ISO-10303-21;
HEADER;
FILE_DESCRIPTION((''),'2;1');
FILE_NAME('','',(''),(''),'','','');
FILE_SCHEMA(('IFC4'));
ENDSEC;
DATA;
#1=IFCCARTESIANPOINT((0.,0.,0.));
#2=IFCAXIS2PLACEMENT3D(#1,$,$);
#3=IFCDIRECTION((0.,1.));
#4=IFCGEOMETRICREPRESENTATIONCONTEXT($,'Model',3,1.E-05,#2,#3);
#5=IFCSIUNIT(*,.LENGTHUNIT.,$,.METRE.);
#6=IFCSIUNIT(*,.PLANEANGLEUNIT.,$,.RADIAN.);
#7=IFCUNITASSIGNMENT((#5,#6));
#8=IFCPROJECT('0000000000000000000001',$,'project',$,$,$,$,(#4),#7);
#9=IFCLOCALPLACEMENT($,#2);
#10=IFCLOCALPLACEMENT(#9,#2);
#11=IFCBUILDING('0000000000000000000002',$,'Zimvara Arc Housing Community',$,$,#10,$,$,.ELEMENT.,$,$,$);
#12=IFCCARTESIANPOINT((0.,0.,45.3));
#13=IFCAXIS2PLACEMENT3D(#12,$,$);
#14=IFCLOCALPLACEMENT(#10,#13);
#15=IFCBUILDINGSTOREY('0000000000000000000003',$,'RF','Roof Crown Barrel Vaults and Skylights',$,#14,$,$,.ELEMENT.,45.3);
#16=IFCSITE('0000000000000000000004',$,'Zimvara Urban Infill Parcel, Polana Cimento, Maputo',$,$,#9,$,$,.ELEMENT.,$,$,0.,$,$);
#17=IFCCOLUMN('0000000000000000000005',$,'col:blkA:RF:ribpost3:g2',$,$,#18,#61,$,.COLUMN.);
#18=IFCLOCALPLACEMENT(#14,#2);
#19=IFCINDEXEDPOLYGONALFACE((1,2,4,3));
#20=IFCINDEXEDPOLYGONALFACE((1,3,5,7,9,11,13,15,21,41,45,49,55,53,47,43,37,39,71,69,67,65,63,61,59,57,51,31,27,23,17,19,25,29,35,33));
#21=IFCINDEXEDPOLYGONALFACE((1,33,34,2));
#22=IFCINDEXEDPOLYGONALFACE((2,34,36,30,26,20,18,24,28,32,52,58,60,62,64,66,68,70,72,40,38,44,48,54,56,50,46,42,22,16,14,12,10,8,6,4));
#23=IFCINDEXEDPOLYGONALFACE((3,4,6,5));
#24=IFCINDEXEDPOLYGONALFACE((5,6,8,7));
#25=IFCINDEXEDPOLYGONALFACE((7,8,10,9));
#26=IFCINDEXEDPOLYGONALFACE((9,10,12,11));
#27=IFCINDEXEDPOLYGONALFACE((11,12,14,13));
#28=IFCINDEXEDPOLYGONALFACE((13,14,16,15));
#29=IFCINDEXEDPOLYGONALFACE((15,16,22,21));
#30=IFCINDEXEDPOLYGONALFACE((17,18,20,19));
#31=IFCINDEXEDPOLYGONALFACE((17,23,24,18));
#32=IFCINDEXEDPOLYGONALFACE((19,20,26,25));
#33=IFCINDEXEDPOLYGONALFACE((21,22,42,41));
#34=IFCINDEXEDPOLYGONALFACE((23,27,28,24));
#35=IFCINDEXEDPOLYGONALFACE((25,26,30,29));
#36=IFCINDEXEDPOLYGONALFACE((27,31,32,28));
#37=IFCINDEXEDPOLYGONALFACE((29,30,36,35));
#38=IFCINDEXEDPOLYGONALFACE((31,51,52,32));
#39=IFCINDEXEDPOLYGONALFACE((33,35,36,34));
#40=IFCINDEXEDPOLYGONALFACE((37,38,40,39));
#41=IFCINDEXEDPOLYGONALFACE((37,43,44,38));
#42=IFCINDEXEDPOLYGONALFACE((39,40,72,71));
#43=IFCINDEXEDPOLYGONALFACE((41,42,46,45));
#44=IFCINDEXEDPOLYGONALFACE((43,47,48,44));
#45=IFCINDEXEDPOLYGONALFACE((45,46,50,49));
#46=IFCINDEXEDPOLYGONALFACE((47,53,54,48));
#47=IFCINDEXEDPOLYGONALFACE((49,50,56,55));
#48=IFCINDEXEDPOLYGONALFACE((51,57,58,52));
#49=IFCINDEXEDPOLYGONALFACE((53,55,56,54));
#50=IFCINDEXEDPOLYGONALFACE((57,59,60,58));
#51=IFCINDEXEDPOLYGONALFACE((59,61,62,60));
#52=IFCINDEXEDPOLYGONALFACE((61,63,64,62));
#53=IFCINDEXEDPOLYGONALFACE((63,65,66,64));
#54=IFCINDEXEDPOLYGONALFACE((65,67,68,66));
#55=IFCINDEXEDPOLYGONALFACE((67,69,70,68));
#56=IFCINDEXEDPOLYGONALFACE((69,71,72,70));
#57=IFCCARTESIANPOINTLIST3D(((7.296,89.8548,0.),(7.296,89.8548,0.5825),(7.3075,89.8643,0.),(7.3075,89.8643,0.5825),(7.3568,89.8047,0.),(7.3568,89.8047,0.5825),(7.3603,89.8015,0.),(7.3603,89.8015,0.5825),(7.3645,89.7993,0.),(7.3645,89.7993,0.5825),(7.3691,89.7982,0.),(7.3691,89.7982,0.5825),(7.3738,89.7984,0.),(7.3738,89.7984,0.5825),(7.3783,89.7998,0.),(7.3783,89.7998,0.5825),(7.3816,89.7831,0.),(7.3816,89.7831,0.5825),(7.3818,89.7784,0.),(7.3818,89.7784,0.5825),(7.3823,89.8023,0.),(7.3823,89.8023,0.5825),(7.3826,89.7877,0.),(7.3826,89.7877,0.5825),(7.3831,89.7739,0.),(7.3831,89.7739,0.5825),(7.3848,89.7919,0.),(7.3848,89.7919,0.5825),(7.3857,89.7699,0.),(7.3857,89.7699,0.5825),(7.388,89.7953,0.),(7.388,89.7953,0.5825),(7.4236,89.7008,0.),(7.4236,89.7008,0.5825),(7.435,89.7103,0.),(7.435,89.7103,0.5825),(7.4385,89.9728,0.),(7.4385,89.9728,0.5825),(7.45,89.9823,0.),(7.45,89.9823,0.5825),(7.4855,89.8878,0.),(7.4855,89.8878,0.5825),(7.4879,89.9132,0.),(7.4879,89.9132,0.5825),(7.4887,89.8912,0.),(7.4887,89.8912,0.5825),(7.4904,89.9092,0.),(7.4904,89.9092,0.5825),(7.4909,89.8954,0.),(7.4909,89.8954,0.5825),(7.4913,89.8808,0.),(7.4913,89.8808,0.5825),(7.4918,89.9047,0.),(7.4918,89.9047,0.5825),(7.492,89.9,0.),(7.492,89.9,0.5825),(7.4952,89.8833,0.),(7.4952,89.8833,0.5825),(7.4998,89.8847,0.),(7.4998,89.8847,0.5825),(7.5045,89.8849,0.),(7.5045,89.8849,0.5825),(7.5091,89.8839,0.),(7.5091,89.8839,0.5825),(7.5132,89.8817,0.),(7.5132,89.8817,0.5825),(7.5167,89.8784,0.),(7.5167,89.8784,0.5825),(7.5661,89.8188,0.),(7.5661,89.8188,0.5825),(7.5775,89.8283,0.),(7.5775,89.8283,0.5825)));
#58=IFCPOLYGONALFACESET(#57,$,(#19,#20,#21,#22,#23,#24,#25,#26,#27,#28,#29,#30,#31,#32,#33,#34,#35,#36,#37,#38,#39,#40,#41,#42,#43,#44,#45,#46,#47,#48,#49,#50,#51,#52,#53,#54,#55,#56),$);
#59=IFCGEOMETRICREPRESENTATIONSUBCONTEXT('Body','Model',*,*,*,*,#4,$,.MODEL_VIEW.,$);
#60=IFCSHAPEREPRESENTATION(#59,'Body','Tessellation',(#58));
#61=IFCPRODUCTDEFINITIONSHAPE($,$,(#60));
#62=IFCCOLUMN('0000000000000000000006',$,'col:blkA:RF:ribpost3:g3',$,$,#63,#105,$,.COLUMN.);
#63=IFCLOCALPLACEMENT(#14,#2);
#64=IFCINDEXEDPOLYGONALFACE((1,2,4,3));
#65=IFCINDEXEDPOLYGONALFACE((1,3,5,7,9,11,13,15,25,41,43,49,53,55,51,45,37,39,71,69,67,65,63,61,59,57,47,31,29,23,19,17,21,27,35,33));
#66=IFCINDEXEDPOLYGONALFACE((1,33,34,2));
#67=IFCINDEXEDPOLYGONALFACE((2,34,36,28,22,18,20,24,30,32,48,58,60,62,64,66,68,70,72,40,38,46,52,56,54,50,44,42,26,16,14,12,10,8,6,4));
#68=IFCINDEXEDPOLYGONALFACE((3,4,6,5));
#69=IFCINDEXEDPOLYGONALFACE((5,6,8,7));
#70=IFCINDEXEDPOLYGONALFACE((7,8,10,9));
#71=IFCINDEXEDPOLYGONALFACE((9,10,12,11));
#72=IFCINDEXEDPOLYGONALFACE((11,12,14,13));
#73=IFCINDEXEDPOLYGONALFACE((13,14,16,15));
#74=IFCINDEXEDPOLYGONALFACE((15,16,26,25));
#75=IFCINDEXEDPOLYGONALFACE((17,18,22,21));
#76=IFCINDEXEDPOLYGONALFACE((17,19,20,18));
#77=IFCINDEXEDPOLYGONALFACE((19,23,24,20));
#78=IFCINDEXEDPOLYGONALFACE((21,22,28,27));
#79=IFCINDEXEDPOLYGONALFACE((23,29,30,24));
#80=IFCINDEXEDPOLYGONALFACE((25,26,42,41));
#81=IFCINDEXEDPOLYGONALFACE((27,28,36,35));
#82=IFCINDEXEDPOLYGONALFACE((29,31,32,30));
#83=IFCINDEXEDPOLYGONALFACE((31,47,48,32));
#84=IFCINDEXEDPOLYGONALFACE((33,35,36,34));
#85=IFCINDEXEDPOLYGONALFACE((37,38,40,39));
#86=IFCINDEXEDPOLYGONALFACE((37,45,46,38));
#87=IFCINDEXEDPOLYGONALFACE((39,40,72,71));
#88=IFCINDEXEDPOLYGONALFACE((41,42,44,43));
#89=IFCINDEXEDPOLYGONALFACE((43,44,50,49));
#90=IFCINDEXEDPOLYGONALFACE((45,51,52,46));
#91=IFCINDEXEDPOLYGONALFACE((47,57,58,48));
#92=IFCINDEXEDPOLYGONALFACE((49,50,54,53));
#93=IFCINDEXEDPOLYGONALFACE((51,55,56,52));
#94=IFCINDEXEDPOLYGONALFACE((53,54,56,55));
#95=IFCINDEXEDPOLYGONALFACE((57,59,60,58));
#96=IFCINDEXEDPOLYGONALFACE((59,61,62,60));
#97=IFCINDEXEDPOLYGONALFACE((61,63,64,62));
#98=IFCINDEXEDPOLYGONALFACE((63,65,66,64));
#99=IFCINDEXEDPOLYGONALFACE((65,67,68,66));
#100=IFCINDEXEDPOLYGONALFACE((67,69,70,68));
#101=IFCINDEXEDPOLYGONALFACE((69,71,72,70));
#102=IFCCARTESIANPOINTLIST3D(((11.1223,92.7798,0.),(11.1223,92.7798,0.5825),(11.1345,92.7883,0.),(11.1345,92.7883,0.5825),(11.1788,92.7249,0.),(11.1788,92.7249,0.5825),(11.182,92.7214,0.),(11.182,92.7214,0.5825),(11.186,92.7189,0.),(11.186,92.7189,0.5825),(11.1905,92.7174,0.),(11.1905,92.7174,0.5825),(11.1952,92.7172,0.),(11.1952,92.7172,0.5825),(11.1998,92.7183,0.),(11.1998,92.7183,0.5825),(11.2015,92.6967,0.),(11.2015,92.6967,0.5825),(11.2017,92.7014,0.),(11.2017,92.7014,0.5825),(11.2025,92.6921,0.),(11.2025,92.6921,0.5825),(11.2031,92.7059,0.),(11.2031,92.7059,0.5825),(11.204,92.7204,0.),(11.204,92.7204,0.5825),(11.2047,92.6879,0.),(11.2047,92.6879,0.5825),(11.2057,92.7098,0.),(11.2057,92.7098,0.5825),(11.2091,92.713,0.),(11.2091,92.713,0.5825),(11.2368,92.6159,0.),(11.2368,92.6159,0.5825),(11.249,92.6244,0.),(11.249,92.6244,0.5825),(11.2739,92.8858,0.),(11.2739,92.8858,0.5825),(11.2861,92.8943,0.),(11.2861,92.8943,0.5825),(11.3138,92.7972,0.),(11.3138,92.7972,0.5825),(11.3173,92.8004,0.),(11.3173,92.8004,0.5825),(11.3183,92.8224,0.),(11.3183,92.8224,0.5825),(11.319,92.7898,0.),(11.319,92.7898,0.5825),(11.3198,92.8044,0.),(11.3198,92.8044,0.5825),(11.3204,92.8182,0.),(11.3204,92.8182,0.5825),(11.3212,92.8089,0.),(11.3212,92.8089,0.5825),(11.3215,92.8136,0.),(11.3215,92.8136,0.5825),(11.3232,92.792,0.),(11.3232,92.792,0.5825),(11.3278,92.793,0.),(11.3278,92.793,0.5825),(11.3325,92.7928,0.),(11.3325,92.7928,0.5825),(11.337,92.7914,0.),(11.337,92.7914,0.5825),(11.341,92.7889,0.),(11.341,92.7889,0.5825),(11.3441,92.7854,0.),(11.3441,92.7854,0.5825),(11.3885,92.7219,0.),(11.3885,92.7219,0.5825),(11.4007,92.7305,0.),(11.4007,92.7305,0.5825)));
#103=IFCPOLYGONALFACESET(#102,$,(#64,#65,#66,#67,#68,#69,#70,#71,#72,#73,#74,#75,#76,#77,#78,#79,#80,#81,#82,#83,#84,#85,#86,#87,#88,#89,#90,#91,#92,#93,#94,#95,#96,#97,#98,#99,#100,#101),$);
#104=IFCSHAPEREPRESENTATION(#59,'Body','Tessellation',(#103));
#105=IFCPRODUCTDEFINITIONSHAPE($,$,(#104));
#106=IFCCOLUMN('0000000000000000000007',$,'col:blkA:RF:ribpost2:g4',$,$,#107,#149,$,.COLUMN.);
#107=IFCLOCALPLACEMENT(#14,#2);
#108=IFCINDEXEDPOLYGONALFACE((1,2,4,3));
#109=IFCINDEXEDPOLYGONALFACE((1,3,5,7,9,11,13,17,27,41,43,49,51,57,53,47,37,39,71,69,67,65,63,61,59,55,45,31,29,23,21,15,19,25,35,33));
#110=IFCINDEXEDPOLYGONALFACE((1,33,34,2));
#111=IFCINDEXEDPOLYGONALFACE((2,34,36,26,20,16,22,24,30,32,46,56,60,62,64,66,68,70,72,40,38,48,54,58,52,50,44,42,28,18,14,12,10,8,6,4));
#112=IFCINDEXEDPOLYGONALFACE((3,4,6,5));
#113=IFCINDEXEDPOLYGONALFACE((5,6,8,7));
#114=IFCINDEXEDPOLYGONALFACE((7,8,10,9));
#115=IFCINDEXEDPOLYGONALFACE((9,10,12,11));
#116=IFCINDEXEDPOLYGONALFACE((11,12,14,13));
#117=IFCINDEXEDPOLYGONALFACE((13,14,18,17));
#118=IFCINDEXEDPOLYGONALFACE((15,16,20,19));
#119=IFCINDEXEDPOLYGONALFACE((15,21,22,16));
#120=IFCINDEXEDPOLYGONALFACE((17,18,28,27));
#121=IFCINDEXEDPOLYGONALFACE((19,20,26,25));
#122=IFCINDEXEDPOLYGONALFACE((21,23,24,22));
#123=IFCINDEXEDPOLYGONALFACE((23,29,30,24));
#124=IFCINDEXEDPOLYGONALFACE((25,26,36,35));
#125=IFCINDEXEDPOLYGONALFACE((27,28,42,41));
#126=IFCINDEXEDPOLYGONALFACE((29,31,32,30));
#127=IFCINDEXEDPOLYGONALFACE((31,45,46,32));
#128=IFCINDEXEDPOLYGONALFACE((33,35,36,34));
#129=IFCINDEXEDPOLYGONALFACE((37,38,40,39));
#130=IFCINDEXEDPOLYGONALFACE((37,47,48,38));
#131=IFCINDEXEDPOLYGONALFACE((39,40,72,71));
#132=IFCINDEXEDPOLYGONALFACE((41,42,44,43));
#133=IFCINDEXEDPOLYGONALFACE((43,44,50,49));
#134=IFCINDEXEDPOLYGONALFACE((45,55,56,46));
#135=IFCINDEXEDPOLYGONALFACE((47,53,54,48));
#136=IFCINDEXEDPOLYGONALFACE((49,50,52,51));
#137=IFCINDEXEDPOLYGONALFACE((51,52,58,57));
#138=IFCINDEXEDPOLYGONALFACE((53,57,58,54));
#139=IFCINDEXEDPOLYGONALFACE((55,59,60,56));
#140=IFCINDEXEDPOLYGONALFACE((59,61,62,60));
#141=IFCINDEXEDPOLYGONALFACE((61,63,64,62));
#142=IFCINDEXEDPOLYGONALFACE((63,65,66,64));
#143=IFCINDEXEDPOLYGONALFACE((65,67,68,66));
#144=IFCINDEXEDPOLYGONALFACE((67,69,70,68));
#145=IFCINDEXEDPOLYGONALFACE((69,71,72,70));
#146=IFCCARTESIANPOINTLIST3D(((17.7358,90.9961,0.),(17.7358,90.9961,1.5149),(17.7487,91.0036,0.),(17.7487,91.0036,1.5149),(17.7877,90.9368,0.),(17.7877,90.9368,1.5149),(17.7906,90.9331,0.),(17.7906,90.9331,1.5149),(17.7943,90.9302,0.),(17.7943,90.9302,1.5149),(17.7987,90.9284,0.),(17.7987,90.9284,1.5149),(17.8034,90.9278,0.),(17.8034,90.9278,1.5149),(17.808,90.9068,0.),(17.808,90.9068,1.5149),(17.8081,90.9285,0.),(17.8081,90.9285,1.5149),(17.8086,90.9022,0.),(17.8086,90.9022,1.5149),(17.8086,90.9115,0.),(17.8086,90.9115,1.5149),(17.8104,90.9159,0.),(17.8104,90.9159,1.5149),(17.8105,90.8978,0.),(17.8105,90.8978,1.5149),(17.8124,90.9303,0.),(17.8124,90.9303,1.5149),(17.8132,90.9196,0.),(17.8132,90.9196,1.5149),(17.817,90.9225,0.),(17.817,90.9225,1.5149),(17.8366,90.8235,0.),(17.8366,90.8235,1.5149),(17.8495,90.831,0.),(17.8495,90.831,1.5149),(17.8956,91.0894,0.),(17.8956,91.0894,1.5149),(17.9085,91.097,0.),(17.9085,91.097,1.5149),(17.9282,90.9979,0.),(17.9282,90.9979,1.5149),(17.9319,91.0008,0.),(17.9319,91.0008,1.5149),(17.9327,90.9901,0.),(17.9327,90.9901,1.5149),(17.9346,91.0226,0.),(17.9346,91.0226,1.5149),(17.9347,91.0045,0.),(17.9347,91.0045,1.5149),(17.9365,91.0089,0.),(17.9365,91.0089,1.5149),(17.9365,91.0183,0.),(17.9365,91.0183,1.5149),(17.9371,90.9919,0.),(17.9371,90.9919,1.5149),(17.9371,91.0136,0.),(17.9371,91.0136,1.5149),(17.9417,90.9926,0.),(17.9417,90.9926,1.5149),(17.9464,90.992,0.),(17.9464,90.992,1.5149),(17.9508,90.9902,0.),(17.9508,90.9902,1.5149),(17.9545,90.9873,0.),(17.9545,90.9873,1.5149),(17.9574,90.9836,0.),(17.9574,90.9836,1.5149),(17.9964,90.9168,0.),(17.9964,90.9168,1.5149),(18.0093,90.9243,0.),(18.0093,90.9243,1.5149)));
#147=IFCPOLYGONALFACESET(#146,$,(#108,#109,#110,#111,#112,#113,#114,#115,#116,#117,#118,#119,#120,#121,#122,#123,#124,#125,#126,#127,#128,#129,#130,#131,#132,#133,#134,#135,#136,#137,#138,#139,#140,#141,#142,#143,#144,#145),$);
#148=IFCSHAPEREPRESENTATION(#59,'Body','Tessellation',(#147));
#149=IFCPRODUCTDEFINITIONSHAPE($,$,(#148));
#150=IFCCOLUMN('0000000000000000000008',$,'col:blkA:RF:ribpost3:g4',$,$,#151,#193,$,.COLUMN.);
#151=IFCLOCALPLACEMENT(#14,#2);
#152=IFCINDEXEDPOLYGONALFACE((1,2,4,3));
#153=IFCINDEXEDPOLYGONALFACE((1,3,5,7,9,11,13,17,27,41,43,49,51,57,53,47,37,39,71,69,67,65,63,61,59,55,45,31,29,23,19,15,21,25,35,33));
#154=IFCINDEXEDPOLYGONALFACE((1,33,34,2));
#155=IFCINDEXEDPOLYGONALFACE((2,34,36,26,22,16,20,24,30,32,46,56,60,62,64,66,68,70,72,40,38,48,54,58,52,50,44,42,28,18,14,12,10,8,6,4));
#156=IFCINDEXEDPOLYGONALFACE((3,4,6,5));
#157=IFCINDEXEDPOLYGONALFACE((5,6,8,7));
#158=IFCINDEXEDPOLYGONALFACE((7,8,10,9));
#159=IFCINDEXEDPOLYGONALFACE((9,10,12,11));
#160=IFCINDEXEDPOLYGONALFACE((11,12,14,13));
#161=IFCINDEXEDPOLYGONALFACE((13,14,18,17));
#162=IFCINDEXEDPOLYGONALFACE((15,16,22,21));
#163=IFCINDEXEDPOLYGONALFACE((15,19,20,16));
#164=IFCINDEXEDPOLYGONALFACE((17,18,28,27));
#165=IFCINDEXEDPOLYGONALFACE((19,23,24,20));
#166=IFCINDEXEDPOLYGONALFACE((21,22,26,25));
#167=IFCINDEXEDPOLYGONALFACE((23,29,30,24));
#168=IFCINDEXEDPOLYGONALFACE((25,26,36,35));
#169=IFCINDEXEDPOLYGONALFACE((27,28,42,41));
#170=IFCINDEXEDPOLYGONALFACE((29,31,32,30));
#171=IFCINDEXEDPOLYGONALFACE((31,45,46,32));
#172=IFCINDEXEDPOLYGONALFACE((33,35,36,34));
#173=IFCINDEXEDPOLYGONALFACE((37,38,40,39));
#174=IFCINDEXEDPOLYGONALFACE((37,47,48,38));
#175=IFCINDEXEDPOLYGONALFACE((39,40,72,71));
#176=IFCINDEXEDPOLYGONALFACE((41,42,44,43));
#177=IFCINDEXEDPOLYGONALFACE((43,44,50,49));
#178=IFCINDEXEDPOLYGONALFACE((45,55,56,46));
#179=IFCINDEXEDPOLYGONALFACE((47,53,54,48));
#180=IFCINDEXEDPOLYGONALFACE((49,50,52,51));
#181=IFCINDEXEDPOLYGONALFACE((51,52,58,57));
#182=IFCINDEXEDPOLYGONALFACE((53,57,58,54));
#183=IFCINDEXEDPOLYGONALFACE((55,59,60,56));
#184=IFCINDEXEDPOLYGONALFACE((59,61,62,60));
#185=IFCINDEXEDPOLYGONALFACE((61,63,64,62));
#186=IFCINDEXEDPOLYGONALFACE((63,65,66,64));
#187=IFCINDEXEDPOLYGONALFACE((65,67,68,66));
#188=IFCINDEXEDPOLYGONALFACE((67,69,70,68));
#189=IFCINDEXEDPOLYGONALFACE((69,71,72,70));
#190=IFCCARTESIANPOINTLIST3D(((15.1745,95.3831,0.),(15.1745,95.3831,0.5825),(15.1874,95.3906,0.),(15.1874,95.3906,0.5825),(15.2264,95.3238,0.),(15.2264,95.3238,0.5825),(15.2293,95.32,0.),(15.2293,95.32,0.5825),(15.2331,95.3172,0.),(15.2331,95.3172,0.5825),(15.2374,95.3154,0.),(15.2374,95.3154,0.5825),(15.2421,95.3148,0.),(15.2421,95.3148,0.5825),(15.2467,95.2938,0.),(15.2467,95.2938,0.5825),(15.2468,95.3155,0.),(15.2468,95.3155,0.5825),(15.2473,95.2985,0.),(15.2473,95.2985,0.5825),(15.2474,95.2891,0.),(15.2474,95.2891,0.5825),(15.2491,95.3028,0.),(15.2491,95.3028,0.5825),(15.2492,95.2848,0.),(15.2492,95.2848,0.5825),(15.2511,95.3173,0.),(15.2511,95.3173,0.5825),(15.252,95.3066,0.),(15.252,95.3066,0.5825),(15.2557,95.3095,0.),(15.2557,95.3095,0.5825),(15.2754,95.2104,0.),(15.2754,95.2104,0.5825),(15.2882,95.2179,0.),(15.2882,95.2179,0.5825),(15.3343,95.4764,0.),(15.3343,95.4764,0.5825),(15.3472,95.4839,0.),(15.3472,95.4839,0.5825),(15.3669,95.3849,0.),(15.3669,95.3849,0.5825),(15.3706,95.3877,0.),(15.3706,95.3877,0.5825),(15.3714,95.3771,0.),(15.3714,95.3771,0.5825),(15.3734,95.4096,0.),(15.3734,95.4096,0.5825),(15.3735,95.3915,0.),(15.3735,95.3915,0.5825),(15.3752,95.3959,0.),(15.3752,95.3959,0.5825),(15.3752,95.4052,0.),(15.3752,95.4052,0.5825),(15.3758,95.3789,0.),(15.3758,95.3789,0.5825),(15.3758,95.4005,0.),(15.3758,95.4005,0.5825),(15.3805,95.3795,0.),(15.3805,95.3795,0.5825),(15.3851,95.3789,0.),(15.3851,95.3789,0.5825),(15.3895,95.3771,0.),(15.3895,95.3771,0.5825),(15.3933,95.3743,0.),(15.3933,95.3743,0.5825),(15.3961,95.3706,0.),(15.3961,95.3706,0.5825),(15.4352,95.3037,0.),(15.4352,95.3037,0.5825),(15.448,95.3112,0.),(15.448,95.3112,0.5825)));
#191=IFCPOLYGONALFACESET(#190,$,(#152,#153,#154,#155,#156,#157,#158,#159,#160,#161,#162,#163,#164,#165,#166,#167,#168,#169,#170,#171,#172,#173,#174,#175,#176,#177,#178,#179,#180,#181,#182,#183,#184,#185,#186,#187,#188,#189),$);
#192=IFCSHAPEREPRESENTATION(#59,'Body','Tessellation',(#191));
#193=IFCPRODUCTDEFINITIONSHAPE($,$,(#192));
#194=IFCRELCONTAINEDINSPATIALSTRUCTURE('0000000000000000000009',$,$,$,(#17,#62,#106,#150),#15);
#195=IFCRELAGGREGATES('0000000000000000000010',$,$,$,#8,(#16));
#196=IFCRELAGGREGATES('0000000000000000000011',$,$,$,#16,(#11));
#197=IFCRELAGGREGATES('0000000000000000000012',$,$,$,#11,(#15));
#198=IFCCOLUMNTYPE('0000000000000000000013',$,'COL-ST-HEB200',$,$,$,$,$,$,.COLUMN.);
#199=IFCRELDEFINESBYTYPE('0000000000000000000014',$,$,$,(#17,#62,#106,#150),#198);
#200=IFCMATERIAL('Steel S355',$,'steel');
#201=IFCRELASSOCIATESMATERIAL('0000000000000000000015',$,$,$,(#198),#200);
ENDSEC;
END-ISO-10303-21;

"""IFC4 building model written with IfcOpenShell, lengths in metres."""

from ifc_helpers import new_model, si_unit, direction, frame, origin, origin_2d, place, context, subcontext, project, spatial, i_section, extrude, material, material_profile, profile_set, type_object, element, save


model = new_model("IFC4")

# Units and contexts
model_context = context("Model", 3, precision=1e-05, world=origin(), true_north=direction((0.0, 1.0)))
body_context = subcontext(model_context, "Body", "Model", "MODEL_VIEW")
ifc_project = project(units=[si_unit("LENGTHUNIT", "METRE"), si_unit("PLANEANGLEUNIT", "RADIAN")], contexts=[model_context])

# Site, building, storey
site_placement = place(None, origin())
site = spatial("IfcSite", under=ifc_project, at=site_placement, Name="Zimvara Urban Infill Parcel, Polana Cimento, Maputo", CompositionType="ELEMENT", RefElevation=0.0)
building_placement = place(site_placement, origin())
building = spatial("IfcBuilding", under=site, at=building_placement, Name="Zimvara Arc Housing Community", CompositionType="ELEMENT")
storey_placement = place(building_placement, frame((0.0, 0.0, 45.3)))
storey = spatial("IfcBuildingStorey", under=building, at=storey_placement, Name="RF", Description="Roof Crown Barrel Vaults and Skylights", CompositionType="ELEMENT", Elevation=45.3)

# Columns
ifc_material_1 = material(Name="Steel S355", Category="steel")
ifc_material_profile_1 = material_profile(ifc_material_1, i_section(OverallWidth=0.2, OverallDepth=0.2, WebThickness=0.009, FlangeThickness=0.0149, FilletRadius=0.0181, at=origin_2d()), Name="HEB 200")
ifc_profile_set_1 = profile_set([ifc_material_profile_1], Name="Steel S355")
column_type = type_object("IfcColumnType", Name="COL-ST-HEB200", PredefinedType="COLUMN", material=ifc_profile_set_1)
for number, where, z_axis, x_axis, name in (
    (1, (7.4368, 89.8416, 0.0), (0.0, 0.0, 1.0), (-0.637962, 0.770068, 0.0), "col:blkA:RF:ribpost3:g2"),
    (2, (11.2615, 92.7551, 0.0), (0.0, 0.0, 1.0), (-0.573004, 0.819552, 0.0), "col:blkA:RF:ribpost3:g3"),
):
    element("IfcColumn", number, at=place(storey_placement, frame(where, z_axis=z_axis, x_axis=x_axis)), inside=storey, type_object=column_type, Name=name, PredefinedType="COLUMN", context=body_context, shape_type="SweptSolid", body=[
        extrude(i_section(OverallWidth=0.2, OverallDepth=0.2, WebThickness=0.009, FlangeThickness=0.0149, FilletRadius=0.0181, at=origin_2d()), origin(), (0.0, 0.0, 1.0), 0.5825),
    ])
column_placement = place(storey_placement, frame((17.8726, 90.9602, 0.0), z_axis=(0.0, 0.0, 1.0), x_axis=(-0.504226, 0.863572, 0.0)))
element("IfcColumn", 3, at=column_placement, inside=storey, type_object=column_type, Name="col:blkA:RF:ribpost2:g4", PredefinedType="COLUMN", context=body_context, shape_type="SweptSolid", body=[
    extrude(i_section(OverallWidth=0.2, OverallDepth=0.2, WebThickness=0.009, FlangeThickness=0.0149, FilletRadius=0.0181, at=origin_2d()), origin(), (0.0, 0.0, 1.0), 1.5149),
])
for number, where, z_axis, x_axis, name in (
    (4, (15.3113, 95.3472, 0.0), (0.0, 0.0, 1.0), (-0.504226, 0.863572, 0.0), "col:blkA:RF:ribpost3:g4"),
):
    element("IfcColumn", number, at=place(storey_placement, frame(where, z_axis=z_axis, x_axis=x_axis)), inside=storey, type_object=column_type, Name=name, PredefinedType="COLUMN", context=body_context, shape_type="SweptSolid", body=[
        extrude(i_section(OverallWidth=0.2, OverallDepth=0.2, WebThickness=0.009, FlangeThickness=0.0149, FilletRadius=0.0181, at=origin_2d()), origin(), (0.0, 0.0, 1.0), 0.5825),
    ])

save(model, "model.ifc")
